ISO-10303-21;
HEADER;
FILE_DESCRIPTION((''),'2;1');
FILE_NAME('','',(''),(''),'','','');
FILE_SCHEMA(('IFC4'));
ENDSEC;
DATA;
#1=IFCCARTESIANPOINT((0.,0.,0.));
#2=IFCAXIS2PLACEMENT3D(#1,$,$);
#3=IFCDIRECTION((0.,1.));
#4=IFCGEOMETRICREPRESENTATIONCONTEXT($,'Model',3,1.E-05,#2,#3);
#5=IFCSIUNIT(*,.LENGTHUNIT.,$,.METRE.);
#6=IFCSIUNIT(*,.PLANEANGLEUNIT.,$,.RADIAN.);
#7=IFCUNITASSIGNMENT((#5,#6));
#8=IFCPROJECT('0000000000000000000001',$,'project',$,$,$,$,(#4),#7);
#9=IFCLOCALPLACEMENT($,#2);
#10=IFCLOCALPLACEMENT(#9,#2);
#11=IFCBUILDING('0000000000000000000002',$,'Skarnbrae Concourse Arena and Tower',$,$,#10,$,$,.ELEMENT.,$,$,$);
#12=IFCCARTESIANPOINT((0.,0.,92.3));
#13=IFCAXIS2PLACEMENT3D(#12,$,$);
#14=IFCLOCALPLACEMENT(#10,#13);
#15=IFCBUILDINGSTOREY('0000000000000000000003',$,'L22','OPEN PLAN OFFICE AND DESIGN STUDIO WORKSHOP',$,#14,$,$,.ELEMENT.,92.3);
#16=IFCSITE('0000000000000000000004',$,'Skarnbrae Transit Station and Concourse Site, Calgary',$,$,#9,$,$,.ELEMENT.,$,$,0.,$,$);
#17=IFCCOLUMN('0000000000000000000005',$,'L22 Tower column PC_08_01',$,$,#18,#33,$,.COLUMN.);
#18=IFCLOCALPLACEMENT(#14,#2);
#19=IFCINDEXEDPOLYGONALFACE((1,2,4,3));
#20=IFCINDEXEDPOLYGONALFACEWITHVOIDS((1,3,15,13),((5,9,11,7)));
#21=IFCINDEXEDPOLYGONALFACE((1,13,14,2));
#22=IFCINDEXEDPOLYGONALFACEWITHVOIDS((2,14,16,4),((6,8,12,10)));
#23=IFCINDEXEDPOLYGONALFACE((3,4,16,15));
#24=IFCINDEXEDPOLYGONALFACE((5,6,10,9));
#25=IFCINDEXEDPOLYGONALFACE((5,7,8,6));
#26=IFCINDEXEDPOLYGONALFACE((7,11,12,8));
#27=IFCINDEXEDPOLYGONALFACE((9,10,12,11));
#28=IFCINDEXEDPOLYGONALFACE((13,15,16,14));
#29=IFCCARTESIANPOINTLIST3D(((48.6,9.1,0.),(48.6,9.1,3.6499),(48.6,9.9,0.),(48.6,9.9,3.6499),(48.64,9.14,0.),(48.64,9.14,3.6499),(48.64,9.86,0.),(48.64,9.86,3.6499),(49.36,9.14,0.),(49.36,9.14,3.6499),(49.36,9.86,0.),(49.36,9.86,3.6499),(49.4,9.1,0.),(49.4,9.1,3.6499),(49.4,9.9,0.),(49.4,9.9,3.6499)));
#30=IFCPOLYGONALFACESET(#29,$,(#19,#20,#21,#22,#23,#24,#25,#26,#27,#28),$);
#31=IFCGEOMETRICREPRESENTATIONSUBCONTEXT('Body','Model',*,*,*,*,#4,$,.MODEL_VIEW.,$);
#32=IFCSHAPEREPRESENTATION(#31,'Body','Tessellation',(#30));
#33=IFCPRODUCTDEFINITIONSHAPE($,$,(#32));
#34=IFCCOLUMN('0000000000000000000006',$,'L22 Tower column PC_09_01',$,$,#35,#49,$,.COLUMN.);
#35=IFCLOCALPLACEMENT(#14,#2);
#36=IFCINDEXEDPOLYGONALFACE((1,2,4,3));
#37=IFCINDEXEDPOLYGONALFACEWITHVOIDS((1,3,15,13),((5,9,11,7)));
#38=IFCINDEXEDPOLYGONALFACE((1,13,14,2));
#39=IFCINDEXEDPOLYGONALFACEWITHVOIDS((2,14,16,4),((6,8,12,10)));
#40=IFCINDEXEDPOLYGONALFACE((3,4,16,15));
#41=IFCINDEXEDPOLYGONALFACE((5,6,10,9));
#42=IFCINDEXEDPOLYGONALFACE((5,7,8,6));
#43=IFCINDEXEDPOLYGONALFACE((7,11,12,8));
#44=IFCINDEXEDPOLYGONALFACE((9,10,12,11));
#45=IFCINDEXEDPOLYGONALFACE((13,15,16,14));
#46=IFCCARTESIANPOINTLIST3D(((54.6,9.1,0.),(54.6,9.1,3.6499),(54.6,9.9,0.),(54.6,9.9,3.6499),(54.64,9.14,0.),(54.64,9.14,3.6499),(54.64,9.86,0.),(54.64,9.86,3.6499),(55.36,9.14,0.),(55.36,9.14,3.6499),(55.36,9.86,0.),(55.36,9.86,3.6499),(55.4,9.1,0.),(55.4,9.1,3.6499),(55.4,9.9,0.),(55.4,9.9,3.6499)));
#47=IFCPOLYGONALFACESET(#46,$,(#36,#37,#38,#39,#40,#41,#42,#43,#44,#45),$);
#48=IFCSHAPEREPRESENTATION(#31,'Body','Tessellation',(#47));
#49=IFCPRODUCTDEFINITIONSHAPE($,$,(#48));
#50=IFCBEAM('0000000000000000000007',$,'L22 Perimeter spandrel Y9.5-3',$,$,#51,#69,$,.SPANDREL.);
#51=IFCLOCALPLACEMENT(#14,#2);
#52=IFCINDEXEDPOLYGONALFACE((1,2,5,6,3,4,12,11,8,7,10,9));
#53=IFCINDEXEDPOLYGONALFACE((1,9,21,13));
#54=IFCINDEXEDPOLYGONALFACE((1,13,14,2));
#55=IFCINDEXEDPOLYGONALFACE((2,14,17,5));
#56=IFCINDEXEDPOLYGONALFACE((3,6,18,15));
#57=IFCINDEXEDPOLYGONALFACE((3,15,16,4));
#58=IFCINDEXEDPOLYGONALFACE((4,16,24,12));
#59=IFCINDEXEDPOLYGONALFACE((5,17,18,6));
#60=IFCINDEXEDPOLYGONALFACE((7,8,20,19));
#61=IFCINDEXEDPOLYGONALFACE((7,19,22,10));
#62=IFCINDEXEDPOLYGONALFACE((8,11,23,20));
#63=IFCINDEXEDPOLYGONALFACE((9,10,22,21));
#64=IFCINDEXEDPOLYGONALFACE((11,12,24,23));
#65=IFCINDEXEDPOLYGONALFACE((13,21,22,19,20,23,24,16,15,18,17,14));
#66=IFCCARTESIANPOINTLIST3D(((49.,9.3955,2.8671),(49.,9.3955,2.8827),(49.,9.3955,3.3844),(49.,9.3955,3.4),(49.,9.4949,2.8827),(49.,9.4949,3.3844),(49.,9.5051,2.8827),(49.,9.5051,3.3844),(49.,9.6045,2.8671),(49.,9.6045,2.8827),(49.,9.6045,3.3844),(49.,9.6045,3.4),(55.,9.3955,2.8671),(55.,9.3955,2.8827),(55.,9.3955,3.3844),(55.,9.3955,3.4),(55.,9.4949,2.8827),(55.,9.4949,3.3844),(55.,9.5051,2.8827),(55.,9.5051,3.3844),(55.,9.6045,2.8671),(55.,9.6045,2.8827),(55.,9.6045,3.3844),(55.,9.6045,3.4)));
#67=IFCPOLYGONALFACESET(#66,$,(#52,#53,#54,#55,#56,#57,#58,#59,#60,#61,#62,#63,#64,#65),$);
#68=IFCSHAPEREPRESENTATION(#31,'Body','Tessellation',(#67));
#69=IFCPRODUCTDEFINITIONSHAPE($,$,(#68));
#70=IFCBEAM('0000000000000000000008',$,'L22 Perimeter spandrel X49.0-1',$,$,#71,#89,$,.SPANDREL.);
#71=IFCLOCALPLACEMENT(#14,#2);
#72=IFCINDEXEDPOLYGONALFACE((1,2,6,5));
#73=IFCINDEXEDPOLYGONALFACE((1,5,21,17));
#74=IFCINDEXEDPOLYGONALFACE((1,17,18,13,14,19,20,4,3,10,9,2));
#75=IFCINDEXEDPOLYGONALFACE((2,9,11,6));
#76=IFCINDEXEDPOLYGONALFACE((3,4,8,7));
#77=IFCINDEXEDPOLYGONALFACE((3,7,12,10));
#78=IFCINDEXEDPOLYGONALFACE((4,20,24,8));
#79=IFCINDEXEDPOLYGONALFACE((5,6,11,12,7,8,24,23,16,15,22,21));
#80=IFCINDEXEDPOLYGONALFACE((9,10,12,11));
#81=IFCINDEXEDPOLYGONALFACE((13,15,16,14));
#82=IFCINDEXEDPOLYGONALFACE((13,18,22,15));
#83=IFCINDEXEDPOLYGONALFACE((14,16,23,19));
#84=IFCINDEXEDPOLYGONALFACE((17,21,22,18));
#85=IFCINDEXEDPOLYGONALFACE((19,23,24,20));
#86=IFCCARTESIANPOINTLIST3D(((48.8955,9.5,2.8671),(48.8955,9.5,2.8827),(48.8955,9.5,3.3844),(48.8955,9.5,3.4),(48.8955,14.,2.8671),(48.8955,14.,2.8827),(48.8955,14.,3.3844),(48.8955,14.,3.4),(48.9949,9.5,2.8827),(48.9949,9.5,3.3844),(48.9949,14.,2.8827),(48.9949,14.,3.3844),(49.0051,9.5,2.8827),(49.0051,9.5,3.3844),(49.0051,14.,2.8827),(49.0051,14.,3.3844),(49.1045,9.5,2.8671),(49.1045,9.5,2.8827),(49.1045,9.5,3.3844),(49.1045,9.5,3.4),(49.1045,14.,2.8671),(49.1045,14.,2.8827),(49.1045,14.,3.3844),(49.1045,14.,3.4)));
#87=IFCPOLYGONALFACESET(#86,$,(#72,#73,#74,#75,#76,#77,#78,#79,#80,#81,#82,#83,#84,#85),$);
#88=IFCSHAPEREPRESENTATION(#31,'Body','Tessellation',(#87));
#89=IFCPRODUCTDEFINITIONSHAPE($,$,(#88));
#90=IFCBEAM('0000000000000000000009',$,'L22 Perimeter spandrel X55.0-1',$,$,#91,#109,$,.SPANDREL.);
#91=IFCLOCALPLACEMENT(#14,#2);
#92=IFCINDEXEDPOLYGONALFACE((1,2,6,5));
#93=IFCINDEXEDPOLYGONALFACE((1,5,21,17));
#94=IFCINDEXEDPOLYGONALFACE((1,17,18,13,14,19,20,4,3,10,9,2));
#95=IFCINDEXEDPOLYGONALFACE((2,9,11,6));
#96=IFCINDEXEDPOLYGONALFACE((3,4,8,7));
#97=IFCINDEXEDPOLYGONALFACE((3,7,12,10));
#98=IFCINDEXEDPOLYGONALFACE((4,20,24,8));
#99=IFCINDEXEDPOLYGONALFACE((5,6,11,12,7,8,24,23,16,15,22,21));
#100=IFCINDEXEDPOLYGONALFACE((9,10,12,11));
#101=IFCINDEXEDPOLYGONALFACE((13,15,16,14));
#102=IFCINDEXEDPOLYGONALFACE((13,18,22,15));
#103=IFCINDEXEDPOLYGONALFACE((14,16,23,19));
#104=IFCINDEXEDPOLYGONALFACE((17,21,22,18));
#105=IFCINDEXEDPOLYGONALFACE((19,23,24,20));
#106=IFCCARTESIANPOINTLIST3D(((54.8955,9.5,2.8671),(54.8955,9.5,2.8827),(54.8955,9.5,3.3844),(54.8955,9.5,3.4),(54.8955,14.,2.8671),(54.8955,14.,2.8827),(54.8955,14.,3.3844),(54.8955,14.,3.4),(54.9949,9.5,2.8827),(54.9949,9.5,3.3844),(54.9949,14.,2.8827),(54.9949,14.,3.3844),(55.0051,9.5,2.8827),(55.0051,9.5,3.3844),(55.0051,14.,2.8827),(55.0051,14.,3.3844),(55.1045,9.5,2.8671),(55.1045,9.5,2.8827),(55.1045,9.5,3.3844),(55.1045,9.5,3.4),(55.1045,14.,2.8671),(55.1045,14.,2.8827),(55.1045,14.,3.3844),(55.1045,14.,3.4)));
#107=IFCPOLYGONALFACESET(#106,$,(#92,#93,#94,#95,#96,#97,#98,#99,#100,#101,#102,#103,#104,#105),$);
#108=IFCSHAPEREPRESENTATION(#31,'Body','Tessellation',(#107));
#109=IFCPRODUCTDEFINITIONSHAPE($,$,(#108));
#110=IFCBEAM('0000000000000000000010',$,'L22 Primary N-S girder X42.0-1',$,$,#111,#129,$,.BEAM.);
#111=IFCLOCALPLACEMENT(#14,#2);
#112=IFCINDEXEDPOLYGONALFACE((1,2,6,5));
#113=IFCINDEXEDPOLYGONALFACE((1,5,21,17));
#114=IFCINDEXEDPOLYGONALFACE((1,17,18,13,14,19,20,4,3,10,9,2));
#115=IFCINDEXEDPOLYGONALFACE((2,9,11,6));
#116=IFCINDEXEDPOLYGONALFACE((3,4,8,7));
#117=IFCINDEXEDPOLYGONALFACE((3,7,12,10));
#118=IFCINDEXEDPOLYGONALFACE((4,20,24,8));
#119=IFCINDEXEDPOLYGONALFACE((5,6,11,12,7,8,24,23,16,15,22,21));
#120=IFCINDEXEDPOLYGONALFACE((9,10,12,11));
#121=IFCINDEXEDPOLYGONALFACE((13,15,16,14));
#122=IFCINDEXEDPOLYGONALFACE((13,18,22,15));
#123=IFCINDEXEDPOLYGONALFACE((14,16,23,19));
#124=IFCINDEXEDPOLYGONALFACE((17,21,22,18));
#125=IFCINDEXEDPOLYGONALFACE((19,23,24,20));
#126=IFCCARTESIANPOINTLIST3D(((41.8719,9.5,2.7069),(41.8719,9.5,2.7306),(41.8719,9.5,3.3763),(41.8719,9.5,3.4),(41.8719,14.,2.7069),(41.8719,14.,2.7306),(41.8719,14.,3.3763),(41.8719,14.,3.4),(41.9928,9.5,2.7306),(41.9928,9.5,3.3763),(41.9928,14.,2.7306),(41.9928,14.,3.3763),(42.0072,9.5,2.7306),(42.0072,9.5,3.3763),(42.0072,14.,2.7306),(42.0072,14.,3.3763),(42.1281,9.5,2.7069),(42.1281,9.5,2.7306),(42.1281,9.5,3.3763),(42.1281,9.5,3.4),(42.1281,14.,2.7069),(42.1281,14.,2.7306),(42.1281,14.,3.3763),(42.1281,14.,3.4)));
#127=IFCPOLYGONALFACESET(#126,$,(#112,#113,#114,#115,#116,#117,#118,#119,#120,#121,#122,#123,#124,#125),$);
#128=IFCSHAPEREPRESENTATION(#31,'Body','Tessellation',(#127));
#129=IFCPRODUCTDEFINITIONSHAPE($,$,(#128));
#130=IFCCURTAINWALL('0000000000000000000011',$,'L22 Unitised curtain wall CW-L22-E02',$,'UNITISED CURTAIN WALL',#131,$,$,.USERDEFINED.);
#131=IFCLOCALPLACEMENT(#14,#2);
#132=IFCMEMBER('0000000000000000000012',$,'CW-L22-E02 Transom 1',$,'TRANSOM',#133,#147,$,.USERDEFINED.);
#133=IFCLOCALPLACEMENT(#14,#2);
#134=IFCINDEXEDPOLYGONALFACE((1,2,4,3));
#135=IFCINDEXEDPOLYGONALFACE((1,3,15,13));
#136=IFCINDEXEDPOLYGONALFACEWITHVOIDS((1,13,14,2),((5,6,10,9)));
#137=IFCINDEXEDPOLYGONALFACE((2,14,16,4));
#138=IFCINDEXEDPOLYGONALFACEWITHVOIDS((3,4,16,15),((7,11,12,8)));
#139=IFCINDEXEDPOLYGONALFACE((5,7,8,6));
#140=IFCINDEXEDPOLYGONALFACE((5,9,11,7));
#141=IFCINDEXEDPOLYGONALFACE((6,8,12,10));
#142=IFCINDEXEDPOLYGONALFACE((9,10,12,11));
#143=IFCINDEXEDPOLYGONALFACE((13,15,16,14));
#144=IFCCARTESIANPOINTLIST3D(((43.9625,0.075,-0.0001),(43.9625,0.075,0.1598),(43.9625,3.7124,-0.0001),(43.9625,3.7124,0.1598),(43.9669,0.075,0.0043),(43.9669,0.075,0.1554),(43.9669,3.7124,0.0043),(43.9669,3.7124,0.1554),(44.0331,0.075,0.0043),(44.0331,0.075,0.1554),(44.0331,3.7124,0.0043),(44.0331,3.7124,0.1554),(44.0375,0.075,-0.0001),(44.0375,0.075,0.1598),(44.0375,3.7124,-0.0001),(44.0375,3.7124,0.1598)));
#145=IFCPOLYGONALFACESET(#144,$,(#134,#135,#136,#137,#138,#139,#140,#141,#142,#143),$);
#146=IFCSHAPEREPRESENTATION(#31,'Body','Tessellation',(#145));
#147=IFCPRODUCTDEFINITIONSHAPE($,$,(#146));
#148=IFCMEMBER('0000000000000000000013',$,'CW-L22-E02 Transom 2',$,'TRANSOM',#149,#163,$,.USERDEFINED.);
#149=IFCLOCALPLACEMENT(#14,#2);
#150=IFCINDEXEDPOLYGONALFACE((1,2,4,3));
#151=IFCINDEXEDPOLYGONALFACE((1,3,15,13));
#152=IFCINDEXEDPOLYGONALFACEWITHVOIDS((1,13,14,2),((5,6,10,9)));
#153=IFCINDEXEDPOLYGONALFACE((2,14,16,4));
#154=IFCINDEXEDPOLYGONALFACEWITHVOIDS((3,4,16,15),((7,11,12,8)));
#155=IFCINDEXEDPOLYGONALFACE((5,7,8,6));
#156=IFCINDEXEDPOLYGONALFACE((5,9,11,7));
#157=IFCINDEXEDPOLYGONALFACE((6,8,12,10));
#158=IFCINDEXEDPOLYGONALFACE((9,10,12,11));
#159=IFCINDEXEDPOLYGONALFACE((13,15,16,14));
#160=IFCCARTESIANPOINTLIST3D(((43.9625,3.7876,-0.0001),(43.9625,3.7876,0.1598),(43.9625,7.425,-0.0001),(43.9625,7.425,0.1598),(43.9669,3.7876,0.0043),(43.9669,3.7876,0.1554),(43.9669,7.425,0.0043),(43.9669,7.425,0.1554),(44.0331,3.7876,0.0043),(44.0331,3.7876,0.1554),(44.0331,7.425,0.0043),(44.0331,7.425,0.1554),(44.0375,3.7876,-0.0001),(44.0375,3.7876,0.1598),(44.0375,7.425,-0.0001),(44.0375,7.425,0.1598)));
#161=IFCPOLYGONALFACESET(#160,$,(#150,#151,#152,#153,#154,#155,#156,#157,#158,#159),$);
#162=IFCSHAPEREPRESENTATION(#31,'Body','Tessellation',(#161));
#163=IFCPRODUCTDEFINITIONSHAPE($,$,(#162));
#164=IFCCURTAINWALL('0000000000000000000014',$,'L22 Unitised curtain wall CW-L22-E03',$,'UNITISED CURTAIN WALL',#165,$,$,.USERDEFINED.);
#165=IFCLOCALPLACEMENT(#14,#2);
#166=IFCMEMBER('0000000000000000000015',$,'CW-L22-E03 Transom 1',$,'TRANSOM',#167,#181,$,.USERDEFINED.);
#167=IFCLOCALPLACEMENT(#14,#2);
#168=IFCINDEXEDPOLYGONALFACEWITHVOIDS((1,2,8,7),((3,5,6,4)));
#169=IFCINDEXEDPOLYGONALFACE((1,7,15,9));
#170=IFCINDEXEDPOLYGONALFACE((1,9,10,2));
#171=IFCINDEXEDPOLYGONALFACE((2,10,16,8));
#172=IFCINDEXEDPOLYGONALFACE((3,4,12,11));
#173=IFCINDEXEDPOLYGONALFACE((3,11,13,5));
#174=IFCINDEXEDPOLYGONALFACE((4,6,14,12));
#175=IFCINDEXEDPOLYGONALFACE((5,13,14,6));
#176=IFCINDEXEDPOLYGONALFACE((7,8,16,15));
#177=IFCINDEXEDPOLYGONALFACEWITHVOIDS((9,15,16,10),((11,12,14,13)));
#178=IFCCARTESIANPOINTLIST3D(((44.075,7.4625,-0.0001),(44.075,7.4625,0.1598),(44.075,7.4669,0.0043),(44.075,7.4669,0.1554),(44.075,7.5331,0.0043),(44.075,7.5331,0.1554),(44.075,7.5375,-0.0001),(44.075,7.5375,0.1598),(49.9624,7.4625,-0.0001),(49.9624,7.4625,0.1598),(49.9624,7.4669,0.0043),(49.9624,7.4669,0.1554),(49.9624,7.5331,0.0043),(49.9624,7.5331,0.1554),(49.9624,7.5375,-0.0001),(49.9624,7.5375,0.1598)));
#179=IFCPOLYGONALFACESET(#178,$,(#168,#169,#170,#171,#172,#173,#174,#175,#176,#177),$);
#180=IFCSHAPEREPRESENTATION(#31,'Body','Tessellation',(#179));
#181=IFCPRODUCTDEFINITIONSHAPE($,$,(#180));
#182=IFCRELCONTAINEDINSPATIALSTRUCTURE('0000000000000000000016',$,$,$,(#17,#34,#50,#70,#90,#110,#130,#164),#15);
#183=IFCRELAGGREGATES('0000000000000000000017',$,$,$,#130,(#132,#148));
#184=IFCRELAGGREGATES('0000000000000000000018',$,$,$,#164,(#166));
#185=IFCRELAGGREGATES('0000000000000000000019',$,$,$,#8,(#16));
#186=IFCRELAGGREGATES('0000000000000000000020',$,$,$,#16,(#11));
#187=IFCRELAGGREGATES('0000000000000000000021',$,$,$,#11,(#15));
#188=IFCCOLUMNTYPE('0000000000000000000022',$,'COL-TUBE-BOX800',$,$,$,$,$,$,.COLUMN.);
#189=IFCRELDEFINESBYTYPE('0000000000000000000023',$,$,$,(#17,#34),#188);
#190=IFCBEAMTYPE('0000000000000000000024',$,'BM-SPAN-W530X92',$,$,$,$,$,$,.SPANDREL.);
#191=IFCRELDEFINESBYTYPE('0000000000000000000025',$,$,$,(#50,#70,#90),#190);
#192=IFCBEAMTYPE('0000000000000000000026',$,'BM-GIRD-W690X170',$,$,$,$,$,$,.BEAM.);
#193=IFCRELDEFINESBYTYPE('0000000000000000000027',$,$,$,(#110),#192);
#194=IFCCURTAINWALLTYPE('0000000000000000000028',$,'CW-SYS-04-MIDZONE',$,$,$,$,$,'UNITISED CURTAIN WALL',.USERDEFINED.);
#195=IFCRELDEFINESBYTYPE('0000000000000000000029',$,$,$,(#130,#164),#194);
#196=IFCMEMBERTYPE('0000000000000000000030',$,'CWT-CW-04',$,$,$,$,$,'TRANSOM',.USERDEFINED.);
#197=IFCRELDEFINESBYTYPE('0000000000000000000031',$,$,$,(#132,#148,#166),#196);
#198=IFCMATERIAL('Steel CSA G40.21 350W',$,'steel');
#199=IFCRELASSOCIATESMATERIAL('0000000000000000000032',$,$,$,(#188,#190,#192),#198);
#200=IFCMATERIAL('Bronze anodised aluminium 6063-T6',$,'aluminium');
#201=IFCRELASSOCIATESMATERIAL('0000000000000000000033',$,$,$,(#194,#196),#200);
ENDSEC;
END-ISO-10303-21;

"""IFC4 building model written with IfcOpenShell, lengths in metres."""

from ifc_helpers import new_model, si_unit, direction, frame, origin, origin_2d, place, context, subcontext, project, spatial, hollow_rectangle, i_section, extrude, source, transform, mapped, material, material_profile, profile_set, type_object, element, aggregate, save


model = new_model("IFC4")

# Units and contexts
model_context = context("Model", 3, precision=1e-05, world=origin(), true_north=direction((0.0, 1.0)))
body_context = subcontext(model_context, "Body", "Model", "MODEL_VIEW")
ifc_project = project(units=[si_unit("LENGTHUNIT", "METRE"), si_unit("PLANEANGLEUNIT", "RADIAN")], contexts=[model_context])

# Site, building, storey
site_placement = place(None, origin())
site = spatial("IfcSite", under=ifc_project, at=site_placement, Name="Skarnbrae Transit Station and Concourse Site, Calgary", CompositionType="ELEMENT", RefElevation=0.0)
building_placement = place(site_placement, origin())
building = spatial("IfcBuilding", under=site, at=building_placement, Name="Skarnbrae Concourse Arena and Tower", CompositionType="ELEMENT")
storey_placement = place(building_placement, frame((0.0, 0.0, 92.3)))
storey = spatial("IfcBuildingStorey", under=building, at=storey_placement, Name="L22", Description="OPEN PLAN OFFICE AND DESIGN STUDIO WORKSHOP", CompositionType="ELEMENT", Elevation=92.3)

# Columns
ifc_material_1 = material(Name="Steel CSA G40.21 350W", Category="steel")
ifc_material_profile_1 = material_profile(ifc_material_1, hollow_rectangle(XDim=0.8, YDim=0.8, WallThickness=0.04, at=origin_2d()), Name="BOX800X800X40")
ifc_profile_set_1 = profile_set([ifc_material_profile_1], Name="Steel CSA G40.21 350W")
column_type = type_object("IfcColumnType", Name="COL-TUBE-BOX800", PredefinedType="COLUMN", material=ifc_profile_set_1)
shared_shape_1 = source(origin(), body_context, "Body", "SweptSolid", [
    extrude(hollow_rectangle(XDim=0.8, YDim=0.8, WallThickness=0.04, at=origin_2d()), origin(), (0.0, 0.0, 1.0), 3.6499),
])
for number, where, z_axis, x_axis, name in (
    (1, (49.0, 9.5, 0.0), (0.0, 0.0, 1.0), (1.0, 0.0, 0.0), "L22 Tower column PC_08_01"),
    (2, (55.0, 9.5, 0.0), (0.0, 0.0, 1.0), (1.0, 0.0, 0.0), "L22 Tower column PC_09_01"),
):
    element("IfcColumn", number, at=place(storey_placement, frame(where, z_axis=z_axis, x_axis=x_axis)), inside=storey, type_object=column_type, Name=name, PredefinedType="COLUMN", context=body_context, shape_type="MappedRepresentation", body=[
        mapped(shared_shape_1, transform((0.0, 0.0, 0.0))),
    ])

# Beams
ifc_material_profile_2 = material_profile(ifc_material_1, i_section(OverallWidth=0.209, OverallDepth=0.533, WebThickness=0.0103, FlangeThickness=0.0156, at=origin_2d()), Name="W530X92")
ifc_profile_set_2 = profile_set([ifc_material_profile_2], Name="Steel CSA G40.21 350W")
beam_type_1 = type_object("IfcBeamType", Name="BM-SPAN-W530X92", PredefinedType="SPANDREL", material=ifc_profile_set_2)
shared_shape_2 = source(origin(), body_context, "Body", "SweptSolid", [
    extrude(i_section(OverallWidth=0.209, OverallDepth=0.533, WebThickness=0.0103, FlangeThickness=0.0156, at=origin_2d()), origin(), (0.0, 0.0, 1.0), 6.0),
])
beam_1_placement = place(storey_placement, frame((49.0, 9.5, 3.1335), z_axis=(1.0, 0.0, 0.0), x_axis=(0.0, 1.0, 0.0)))
element("IfcBeam", 3, at=beam_1_placement, inside=storey, type_object=beam_type_1, Name="L22 Perimeter spandrel Y9.5-3", PredefinedType="SPANDREL", context=body_context, shape_type="MappedRepresentation", body=[
    mapped(shared_shape_2, transform((0.0, 0.0, 0.0))),
])
shared_shape_3 = source(origin(), body_context, "Body", "SweptSolid", [
    extrude(i_section(OverallWidth=0.209, OverallDepth=0.533, WebThickness=0.0103, FlangeThickness=0.0156, at=origin_2d()), origin(), (0.0, 0.0, 1.0), 4.5),
])
for number, where, z_axis, x_axis, name in (
    (4, (49.0, 9.5, 3.1335), (0.0, 1.0, 0.0), (-1.0, 0.0, 0.0), "L22 Perimeter spandrel X49.0-1"),
    (5, (55.0, 9.5, 3.1335), (0.0, 1.0, 0.0), (-1.0, 0.0, 0.0), "L22 Perimeter spandrel X55.0-1"),
):
    element("IfcBeam", number, at=place(storey_placement, frame(where, z_axis=z_axis, x_axis=x_axis)), inside=storey, type_object=beam_type_1, Name=name, PredefinedType="SPANDREL", context=body_context, shape_type="MappedRepresentation", body=[
        mapped(shared_shape_3, transform((0.0, 0.0, 0.0))),
    ])
ifc_material_profile_3 = material_profile(ifc_material_1, i_section(OverallWidth=0.2561, OverallDepth=0.6931, WebThickness=0.0144, FlangeThickness=0.0237, at=origin_2d()), Name="W690X170")
ifc_profile_set_3 = profile_set([ifc_material_profile_3], Name="Steel CSA G40.21 350W")
beam_type_2 = type_object("IfcBeamType", Name="BM-GIRD-W690X170", PredefinedType="BEAM", material=ifc_profile_set_3)
shared_shape_4 = source(origin(), body_context, "Body", "SweptSolid", [
    extrude(i_section(OverallWidth=0.2561, OverallDepth=0.6931, WebThickness=0.0144, FlangeThickness=0.0237, at=origin_2d()), origin(), (0.0, 0.0, 1.0), 4.5),
])
beam_2_placement = place(storey_placement, frame((42.0, 9.5, 3.0535), z_axis=(0.0, 1.0, 0.0), x_axis=(-1.0, 0.0, 0.0)))
element("IfcBeam", 6, at=beam_2_placement, inside=storey, type_object=beam_type_2, Name="L22 Primary N-S girder X42.0-1", PredefinedType="BEAM", context=body_context, shape_type="MappedRepresentation", body=[
    mapped(shared_shape_4, transform((0.0, 0.0, 0.0))),
])

# Curtain walls, members
ifc_material_2 = material(Name="Bronze anodised aluminium 6063-T6", Category="aluminium")
curtain_wall_type = type_object("IfcCurtainWallType", Name="CW-SYS-04-MIDZONE", ElementType="UNITISED CURTAIN WALL", PredefinedType="USERDEFINED", material=ifc_material_2)
curtain_wall_1_placement = place(storey_placement, origin())
curtain_wall_1 = element("IfcCurtainWall", 7, at=curtain_wall_1_placement, inside=storey, type_object=curtain_wall_type, Name="L22 Unitised curtain wall CW-L22-E02", ObjectType="UNITISED CURTAIN WALL", PredefinedType="USERDEFINED")
ifc_material_profile_4 = material_profile(ifc_material_2, hollow_rectangle(XDim=0.075, YDim=0.1599, WallThickness=0.0044, at=origin_2d()), Name="ALU-TRAN-75X160")
ifc_profile_set_4 = profile_set([ifc_material_profile_4], Name="Bronze anodised aluminium 6063-T6")
member_type_1 = type_object("IfcMemberType", Name="CWT-CW-04", ElementType="TRANSOM", PredefinedType="USERDEFINED", material=ifc_profile_set_4)
shared_shape_5 = source(origin(), body_context, "Body", "SweptSolid", [
    extrude(hollow_rectangle(XDim=0.075, YDim=0.1599, WallThickness=0.0044, at=origin_2d()), origin(), (0.0, 0.0, 1.0), 3.6375),
])
member_1_placement = place(storey_placement, frame((44.0, 0.075, 0.0798), z_axis=(0.0, 1.0, 0.0), x_axis=(-1.0, 0.0, 0.0)))
member_1 = element("IfcMember", 8, at=member_1_placement, type_object=member_type_1, Name="CW-L22-E02 Transom 1", ObjectType="TRANSOM", PredefinedType="USERDEFINED", context=body_context, shape_type="MappedRepresentation", body=[
    mapped(shared_shape_5, transform((0.0, 0.0, 0.0))),
])
member_2_placement = place(storey_placement, frame((44.0, 3.7876, 0.0798), z_axis=(0.0, 1.0, 0.0), x_axis=(-1.0, 0.0, 0.0)))
member_2 = element("IfcMember", 9, at=member_2_placement, type_object=member_type_1, Name="CW-L22-E02 Transom 2", ObjectType="TRANSOM", PredefinedType="USERDEFINED", context=body_context, shape_type="MappedRepresentation", body=[
    mapped(shared_shape_5, transform((0.0, 0.0, 0.0))),
])
curtain_wall_2_placement = place(storey_placement, origin())
curtain_wall_2 = element("IfcCurtainWall", 10, at=curtain_wall_2_placement, inside=storey, type_object=curtain_wall_type, Name="L22 Unitised curtain wall CW-L22-E03", ObjectType="UNITISED CURTAIN WALL", PredefinedType="USERDEFINED")
shared_shape_6 = source(origin(), body_context, "Body", "SweptSolid", [
    extrude(hollow_rectangle(XDim=0.075, YDim=0.1599, WallThickness=0.0044, at=origin_2d()), origin(), (0.0, 0.0, 1.0), 5.8875),
])
member_3_placement = place(storey_placement, frame((44.075, 7.5, 0.0798), z_axis=(1.0, 0.0, 0.0), x_axis=(0.0, 1.0, 0.0)))
member_3 = element("IfcMember", 11, at=member_3_placement, type_object=member_type_1, Name="CW-L22-E03 Transom 1", ObjectType="TRANSOM", PredefinedType="USERDEFINED", context=body_context, shape_type="MappedRepresentation", body=[
    mapped(shared_shape_6, transform((0.0, 0.0, 0.0))),
])

aggregate(curtain_wall_1, [member_1, member_2])
aggregate(curtain_wall_2, [member_3])

save(model, "model.ifc")
